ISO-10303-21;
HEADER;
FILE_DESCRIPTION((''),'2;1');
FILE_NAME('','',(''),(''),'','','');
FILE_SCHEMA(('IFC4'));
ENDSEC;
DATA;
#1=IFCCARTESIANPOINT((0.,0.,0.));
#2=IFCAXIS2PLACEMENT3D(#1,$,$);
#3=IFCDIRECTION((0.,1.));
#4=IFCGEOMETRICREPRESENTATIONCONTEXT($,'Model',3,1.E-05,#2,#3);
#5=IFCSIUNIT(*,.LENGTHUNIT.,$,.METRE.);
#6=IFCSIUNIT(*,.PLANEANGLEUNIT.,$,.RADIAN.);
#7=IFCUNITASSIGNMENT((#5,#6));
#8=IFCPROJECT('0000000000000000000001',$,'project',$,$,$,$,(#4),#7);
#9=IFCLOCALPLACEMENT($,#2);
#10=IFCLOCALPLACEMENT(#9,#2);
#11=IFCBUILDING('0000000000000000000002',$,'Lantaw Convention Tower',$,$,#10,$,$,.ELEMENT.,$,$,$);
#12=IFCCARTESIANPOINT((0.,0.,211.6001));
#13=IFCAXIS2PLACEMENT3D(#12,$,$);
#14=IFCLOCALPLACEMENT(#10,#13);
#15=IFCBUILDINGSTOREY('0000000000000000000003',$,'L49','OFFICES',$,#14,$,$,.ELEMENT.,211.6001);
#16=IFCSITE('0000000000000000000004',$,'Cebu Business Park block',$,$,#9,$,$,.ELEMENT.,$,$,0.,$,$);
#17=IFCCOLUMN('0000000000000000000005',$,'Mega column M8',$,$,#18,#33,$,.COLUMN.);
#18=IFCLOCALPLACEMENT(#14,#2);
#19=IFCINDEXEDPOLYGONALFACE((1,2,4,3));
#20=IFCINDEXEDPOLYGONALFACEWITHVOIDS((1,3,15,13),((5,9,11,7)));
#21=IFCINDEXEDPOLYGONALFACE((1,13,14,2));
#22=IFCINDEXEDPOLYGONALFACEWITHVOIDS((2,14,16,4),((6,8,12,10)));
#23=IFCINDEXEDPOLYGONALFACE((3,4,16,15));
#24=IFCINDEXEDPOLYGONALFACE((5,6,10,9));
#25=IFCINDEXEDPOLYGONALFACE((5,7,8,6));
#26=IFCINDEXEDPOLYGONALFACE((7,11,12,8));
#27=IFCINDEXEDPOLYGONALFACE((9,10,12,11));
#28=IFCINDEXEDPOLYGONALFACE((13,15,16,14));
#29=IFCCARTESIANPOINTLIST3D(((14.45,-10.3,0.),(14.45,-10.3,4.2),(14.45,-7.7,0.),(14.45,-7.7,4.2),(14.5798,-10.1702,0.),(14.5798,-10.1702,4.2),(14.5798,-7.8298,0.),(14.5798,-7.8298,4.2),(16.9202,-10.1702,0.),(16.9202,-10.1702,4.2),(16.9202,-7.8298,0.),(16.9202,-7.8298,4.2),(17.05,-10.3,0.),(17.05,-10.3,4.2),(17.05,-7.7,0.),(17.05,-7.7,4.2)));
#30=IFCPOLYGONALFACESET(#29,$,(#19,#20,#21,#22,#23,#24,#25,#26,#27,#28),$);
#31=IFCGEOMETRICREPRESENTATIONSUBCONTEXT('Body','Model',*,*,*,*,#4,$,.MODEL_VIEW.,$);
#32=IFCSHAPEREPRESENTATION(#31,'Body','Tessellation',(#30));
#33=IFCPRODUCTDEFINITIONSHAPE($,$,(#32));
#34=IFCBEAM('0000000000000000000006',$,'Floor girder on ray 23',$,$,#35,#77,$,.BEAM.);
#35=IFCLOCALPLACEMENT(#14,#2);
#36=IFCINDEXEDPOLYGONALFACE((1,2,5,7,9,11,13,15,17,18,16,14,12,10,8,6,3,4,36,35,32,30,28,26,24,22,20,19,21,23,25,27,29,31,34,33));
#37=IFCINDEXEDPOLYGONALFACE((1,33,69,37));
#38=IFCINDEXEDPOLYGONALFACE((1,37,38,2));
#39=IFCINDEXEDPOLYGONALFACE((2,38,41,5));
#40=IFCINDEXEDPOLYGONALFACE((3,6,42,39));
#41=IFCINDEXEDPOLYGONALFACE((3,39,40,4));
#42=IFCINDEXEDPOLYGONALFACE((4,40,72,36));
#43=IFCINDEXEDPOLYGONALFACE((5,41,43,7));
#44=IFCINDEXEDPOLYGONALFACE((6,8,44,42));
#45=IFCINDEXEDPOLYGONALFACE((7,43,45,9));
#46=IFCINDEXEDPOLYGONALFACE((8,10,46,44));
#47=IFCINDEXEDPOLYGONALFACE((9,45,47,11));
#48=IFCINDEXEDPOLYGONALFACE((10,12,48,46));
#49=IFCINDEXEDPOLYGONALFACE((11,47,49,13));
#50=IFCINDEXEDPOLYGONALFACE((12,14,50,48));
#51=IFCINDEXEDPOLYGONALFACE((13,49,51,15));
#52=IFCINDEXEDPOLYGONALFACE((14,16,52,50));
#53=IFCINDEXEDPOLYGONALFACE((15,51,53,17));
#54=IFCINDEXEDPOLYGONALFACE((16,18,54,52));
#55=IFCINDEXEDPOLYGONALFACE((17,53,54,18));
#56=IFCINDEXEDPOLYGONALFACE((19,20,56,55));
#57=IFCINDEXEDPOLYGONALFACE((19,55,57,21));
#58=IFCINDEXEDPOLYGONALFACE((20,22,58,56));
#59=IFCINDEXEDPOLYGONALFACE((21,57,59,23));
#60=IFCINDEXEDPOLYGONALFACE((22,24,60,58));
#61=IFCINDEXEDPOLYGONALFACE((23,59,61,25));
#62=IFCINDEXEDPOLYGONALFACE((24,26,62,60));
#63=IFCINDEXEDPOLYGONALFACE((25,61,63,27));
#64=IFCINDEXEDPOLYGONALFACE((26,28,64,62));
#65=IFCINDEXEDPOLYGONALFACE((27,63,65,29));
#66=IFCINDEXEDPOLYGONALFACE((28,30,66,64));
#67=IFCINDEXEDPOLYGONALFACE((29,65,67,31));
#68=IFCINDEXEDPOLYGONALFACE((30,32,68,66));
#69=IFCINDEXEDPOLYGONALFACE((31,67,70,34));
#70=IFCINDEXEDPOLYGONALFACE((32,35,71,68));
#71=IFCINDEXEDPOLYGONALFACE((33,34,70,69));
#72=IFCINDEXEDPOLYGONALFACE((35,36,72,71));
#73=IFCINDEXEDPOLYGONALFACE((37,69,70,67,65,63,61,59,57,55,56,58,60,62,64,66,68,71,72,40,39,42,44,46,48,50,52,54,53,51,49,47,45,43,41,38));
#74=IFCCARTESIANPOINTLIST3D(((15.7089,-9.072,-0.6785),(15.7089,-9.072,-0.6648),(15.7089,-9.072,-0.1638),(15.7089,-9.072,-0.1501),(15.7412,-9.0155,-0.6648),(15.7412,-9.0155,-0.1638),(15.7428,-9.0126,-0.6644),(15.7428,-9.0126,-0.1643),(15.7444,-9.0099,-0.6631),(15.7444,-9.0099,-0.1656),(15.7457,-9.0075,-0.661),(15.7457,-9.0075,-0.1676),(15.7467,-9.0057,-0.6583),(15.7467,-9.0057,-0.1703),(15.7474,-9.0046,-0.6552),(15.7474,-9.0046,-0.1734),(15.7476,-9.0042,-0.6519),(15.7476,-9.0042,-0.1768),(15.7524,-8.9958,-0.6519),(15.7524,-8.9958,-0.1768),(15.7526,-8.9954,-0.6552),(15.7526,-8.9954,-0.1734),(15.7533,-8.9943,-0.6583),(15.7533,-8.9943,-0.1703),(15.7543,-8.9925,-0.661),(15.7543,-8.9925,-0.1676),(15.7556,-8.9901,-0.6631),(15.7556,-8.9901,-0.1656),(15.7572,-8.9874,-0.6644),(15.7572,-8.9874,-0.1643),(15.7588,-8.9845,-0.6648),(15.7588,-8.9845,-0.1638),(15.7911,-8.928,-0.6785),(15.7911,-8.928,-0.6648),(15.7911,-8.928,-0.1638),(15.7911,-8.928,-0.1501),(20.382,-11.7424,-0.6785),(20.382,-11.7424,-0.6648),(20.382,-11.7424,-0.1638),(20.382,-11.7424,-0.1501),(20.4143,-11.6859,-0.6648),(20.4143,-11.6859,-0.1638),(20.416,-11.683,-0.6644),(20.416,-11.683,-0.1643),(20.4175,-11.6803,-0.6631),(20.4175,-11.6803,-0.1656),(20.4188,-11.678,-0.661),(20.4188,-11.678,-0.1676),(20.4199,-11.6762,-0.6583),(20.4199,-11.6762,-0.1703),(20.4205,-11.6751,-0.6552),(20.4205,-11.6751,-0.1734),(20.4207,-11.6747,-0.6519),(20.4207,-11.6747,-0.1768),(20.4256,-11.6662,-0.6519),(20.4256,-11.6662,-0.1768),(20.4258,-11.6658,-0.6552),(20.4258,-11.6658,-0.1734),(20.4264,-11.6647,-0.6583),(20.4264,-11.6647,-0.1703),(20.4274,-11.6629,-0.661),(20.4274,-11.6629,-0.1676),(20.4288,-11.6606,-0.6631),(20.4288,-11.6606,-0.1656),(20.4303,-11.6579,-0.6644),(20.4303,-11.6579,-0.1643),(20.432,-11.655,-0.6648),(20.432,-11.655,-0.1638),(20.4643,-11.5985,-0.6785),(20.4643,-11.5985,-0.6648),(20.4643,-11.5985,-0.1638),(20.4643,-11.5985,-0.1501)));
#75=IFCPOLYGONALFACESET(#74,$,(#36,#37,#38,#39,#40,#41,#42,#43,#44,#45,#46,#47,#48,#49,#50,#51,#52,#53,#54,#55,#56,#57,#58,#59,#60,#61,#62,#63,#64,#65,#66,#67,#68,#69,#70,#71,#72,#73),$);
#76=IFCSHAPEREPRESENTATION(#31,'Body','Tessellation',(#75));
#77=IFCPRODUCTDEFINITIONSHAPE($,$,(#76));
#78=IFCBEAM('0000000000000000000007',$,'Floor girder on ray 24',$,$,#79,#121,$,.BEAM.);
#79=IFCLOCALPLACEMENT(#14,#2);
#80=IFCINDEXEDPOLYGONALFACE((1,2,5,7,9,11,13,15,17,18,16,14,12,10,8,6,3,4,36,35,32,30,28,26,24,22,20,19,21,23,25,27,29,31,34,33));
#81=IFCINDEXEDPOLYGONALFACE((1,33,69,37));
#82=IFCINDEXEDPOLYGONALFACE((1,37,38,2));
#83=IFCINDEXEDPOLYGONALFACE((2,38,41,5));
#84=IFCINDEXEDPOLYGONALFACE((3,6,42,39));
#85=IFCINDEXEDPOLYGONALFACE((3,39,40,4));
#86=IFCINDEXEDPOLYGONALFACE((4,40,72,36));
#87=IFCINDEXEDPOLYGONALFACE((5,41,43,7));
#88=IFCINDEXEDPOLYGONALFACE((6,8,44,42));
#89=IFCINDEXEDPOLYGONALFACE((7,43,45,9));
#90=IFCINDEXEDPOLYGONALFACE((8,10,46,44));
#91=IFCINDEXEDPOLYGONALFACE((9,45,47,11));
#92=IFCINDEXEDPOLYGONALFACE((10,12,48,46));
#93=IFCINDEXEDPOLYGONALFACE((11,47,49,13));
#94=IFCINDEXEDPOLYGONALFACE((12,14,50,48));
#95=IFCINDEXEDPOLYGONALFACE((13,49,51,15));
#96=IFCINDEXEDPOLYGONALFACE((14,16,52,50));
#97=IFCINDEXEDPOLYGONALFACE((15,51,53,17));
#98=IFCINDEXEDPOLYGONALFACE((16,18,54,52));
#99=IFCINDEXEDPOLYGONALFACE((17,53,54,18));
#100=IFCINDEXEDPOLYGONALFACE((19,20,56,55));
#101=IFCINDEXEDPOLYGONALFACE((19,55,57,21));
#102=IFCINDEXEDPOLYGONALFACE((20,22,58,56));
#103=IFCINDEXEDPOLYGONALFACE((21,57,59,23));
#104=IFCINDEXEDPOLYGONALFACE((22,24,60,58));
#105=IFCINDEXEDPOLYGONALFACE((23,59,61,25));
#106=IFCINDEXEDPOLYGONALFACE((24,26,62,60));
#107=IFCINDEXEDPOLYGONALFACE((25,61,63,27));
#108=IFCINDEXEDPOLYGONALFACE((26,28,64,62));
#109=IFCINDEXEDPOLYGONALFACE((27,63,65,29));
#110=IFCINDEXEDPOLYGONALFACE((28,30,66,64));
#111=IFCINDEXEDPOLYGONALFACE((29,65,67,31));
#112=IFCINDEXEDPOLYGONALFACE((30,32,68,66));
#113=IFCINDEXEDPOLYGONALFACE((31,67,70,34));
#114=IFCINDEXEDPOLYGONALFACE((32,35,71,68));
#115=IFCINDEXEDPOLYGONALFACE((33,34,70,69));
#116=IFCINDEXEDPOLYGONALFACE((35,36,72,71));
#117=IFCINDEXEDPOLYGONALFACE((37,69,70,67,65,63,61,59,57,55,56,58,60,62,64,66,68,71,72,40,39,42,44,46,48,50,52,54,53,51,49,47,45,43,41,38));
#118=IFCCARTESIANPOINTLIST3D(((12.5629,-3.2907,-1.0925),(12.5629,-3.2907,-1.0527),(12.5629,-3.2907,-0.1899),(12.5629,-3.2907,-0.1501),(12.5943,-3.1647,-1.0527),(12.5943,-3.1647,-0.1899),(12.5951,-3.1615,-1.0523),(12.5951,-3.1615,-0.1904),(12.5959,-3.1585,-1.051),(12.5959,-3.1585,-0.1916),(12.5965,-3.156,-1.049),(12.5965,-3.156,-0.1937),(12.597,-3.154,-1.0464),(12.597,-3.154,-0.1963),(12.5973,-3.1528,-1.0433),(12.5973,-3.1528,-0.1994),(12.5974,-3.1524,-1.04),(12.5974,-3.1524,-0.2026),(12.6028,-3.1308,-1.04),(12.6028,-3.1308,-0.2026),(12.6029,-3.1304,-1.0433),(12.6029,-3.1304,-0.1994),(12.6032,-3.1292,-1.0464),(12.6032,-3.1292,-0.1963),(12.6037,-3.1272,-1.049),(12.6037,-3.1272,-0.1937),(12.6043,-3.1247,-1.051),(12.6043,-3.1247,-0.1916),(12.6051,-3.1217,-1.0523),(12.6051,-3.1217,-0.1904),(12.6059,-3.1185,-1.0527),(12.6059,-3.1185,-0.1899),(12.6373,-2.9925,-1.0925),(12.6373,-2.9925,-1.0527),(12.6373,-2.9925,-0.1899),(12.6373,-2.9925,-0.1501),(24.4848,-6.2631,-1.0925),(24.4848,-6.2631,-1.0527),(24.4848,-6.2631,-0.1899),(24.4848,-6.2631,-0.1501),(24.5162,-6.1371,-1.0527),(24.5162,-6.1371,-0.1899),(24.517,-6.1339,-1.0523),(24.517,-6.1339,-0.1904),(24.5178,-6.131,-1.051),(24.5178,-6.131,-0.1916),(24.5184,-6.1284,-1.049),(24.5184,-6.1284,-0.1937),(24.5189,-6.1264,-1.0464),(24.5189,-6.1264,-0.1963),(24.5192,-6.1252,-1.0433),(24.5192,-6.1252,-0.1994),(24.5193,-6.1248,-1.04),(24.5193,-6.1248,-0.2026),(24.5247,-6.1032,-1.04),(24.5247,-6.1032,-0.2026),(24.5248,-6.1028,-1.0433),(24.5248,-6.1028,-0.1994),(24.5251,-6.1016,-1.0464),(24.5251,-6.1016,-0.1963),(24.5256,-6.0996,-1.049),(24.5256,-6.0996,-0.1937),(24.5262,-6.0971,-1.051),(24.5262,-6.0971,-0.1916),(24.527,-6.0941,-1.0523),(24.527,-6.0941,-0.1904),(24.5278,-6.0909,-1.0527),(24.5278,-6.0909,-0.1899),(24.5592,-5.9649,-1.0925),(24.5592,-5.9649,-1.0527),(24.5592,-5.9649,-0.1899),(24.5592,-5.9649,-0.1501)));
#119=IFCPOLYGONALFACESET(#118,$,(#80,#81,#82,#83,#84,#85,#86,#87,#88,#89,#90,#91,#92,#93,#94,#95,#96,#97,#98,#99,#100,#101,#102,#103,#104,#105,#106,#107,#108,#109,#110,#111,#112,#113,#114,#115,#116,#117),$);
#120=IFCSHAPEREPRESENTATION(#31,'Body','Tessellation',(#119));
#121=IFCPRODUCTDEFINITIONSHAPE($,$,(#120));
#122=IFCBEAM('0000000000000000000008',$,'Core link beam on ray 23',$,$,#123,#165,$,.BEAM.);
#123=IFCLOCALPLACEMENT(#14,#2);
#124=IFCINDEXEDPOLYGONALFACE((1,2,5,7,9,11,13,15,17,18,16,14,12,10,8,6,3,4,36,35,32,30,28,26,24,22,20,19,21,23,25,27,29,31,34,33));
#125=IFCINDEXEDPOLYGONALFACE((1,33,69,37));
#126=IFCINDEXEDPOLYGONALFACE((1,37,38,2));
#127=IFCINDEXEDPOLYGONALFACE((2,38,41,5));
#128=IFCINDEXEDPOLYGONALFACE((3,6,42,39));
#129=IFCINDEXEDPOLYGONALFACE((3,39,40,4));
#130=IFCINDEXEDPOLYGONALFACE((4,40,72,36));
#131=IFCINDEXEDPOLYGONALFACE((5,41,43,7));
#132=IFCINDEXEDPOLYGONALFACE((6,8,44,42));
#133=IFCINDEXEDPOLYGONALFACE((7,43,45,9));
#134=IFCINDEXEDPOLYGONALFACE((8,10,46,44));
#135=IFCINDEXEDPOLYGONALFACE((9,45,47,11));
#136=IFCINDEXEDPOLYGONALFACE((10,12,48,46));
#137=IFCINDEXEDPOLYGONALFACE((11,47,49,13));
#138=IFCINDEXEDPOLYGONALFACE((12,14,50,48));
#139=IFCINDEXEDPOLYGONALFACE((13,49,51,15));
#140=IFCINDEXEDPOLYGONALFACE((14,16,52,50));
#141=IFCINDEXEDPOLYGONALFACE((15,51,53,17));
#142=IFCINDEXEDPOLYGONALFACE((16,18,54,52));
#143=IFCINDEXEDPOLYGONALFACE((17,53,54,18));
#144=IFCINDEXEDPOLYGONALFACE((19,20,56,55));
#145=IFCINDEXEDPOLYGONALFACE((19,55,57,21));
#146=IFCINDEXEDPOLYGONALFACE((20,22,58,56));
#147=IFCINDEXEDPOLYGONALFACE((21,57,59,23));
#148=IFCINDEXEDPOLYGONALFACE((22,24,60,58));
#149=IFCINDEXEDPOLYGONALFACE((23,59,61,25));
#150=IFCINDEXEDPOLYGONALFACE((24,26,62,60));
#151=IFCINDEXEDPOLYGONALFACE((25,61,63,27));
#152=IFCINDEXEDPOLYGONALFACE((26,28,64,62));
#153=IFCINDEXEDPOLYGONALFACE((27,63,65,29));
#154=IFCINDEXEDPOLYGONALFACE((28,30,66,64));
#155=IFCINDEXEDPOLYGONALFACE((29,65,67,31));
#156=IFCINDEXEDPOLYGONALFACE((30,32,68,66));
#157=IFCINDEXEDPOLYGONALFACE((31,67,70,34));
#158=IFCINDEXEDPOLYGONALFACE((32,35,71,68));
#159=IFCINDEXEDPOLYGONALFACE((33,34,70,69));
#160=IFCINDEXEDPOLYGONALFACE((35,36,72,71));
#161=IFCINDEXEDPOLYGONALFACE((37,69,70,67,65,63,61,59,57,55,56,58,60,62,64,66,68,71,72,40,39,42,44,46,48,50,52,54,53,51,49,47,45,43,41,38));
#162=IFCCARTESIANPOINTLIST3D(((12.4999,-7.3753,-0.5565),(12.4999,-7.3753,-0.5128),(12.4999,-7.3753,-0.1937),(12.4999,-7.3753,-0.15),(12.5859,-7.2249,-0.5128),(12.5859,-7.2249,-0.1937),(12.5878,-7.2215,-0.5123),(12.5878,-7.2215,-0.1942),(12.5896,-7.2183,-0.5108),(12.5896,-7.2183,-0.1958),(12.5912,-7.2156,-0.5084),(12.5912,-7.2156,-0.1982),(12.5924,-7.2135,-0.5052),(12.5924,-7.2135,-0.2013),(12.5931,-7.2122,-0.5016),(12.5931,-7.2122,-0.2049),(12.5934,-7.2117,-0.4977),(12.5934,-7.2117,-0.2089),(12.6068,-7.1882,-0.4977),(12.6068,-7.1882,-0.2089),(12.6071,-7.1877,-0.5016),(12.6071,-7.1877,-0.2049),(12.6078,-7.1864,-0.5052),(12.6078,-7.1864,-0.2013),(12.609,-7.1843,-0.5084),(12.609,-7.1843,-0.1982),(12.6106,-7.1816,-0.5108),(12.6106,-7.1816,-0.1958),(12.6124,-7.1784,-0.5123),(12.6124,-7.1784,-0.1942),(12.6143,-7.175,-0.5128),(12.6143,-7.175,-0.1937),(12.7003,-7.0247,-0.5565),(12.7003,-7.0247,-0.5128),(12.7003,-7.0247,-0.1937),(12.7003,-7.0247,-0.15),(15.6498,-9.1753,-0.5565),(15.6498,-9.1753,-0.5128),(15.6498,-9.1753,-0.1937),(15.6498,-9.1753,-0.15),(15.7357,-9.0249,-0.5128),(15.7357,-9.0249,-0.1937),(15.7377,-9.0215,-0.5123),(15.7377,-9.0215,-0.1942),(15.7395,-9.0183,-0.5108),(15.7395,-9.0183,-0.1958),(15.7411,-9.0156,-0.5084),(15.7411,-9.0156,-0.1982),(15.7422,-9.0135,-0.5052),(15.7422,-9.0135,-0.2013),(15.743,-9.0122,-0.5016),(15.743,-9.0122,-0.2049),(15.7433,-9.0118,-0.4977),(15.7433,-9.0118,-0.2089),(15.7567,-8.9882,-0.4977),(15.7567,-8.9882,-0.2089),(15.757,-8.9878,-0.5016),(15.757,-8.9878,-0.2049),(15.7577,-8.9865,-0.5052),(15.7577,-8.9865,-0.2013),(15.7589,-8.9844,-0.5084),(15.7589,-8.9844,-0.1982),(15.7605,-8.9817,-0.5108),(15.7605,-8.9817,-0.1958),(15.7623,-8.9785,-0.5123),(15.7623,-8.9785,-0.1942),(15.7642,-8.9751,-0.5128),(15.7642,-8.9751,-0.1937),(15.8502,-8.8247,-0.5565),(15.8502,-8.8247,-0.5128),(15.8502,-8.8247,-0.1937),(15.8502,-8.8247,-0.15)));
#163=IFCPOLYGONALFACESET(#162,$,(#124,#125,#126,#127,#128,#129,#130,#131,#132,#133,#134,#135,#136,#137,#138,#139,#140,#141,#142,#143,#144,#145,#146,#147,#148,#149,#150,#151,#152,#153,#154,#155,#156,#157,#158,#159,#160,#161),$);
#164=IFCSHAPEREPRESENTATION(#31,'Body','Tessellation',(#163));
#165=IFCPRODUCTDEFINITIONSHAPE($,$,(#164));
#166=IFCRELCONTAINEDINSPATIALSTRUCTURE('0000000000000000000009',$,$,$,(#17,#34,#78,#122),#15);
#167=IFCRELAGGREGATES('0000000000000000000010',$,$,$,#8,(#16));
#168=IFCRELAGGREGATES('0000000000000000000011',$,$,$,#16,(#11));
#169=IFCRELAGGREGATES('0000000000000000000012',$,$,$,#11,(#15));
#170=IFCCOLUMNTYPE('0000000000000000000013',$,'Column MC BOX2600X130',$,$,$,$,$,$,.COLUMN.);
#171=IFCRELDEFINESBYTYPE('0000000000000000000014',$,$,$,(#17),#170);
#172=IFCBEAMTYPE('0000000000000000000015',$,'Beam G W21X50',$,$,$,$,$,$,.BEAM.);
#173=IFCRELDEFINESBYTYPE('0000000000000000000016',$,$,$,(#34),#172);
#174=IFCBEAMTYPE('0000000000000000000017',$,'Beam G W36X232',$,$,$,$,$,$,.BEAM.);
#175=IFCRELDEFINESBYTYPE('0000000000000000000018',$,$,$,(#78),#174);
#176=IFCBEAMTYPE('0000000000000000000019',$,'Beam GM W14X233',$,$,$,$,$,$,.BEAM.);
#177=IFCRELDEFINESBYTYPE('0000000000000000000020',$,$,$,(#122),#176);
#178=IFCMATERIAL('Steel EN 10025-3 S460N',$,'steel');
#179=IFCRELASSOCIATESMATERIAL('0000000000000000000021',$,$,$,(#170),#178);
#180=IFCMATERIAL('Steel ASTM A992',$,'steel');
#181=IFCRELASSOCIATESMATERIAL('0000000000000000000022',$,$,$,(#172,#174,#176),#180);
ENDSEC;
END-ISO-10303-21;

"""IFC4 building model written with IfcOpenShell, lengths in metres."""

from ifc_helpers import new_model, si_unit, direction, frame, origin, origin_2d, place, context, subcontext, project, spatial, rectangle, hollow_rectangle, i_section, extrude, material, material_profile, profile_set, type_object, element, save


model = new_model("IFC4")

# Units and contexts
model_context = context("Model", 3, precision=1e-05, world=origin(), true_north=direction((0.0, 1.0)))
body_context = subcontext(model_context, "Body", "Model", "MODEL_VIEW")
ifc_project = project(units=[si_unit("LENGTHUNIT", "METRE"), si_unit("PLANEANGLEUNIT", "RADIAN")], contexts=[model_context])

# Site, building, storey
site_placement = place(None, origin())
site = spatial("IfcSite", under=ifc_project, at=site_placement, Name="Cebu Business Park block", CompositionType="ELEMENT", RefElevation=0.0)
building_placement = place(site_placement, origin())
building = spatial("IfcBuilding", under=site, at=building_placement, Name="Lantaw Convention Tower", CompositionType="ELEMENT")
storey_placement = place(building_placement, frame((0.0, 0.0, 211.6001)))
storey = spatial("IfcBuildingStorey", under=building, at=storey_placement, Name="L49", Description="OFFICES", CompositionType="ELEMENT", Elevation=211.6001)

# Column
ifc_material_1 = material(Name="Steel EN 10025-3 S460N", Category="steel")
ifc_material_profile_1 = material_profile(ifc_material_1, hollow_rectangle(XDim=2.6001, YDim=2.6001, WallThickness=0.1299, at=origin_2d()), Name="BOX2600X130")
ifc_material_2 = material(Name="Concrete C60/75", Category="concrete")
ifc_material_profile_2 = material_profile(ifc_material_2, rectangle(XDim=2.3401, YDim=2.3401, at=origin_2d()), Name="Concrete fill of BOX2600X130")
ifc_profile_set_1 = profile_set([ifc_material_profile_1, ifc_material_profile_2], Name="Steel EN 10025-3 S460N")
column_type = type_object("IfcColumnType", Name="Column MC BOX2600X130", PredefinedType="COLUMN", material=ifc_profile_set_1)
column_placement = place(storey_placement, frame((15.75, -9.0, 0.0), z_axis=(0.0, 0.0, 1.0), x_axis=(1.0, 0.0, 0.0)))
element("IfcColumn", 1, at=column_placement, inside=storey, type_object=column_type, Name="Mega column M8", PredefinedType="COLUMN", context=body_context, shape_type="SweptSolid", body=[
    extrude(hollow_rectangle(XDim=2.6001, YDim=2.6001, WallThickness=0.1299, at=origin_2d()), origin(), (0.0, 0.0, 1.0), 4.2),
])

# Beams
ifc_material_3 = material(Name="Steel ASTM A992", Category="steel")
ifc_material_profile_3 = material_profile(ifc_material_3, i_section(OverallWidth=0.1658, OverallDepth=0.5283, WebThickness=0.0098, FlangeThickness=0.0137, FilletRadius=0.0129, at=origin_2d()), Name="W21X50")
ifc_profile_set_2 = profile_set([ifc_material_profile_3], Name="Steel ASTM A992")
beam_type_1 = type_object("IfcBeamType", Name="Beam G W21X50", PredefinedType="BEAM", material=ifc_profile_set_2)
beam_1_placement = place(storey_placement, frame((15.75, -9.0, -0.4143), z_axis=(0.868238, -0.496149, 0.0), x_axis=(0.496149, 0.868238, 0.0)))
element("IfcBeam", 2, at=beam_1_placement, inside=storey, type_object=beam_type_1, Name="Floor girder on ray 23", PredefinedType="BEAM", context=body_context, shape_type="SweptSolid", body=[
    extrude(i_section(OverallWidth=0.1658, OverallDepth=0.5283, WebThickness=0.0098, FlangeThickness=0.0137, FilletRadius=0.0129, at=origin_2d()), origin(), (0.0, 0.0, 1.0), 5.3823),
])
ifc_material_profile_4 = material_profile(ifc_material_3, i_section(OverallWidth=0.3074, OverallDepth=0.9424, WebThickness=0.0222, FlangeThickness=0.0398, FilletRadius=0.0127, at=origin_2d()), Name="W36X232")
ifc_profile_set_3 = profile_set([ifc_material_profile_4], Name="Steel ASTM A992")
beam_type_2 = type_object("IfcBeamType", Name="Beam G W36X232", PredefinedType="BEAM", material=ifc_profile_set_3)
beam_2_placement = place(storey_placement, frame((12.6001, -3.1416, -0.6213), z_axis=(0.970297, -0.241918, 0.0), x_axis=(0.241918, 0.970297, 0.0)))
element("IfcBeam", 3, at=beam_2_placement, inside=storey, type_object=beam_type_2, Name="Floor girder on ray 24", PredefinedType="BEAM", context=body_context, shape_type="SweptSolid", body=[
    extrude(i_section(OverallWidth=0.3074, OverallDepth=0.9424, WebThickness=0.0222, FlangeThickness=0.0398, FilletRadius=0.0127, at=origin_2d()), origin(), (0.0, 0.0, 1.0), 12.2869),
])
ifc_material_profile_5 = material_profile(ifc_material_3, i_section(OverallWidth=0.4038, OverallDepth=0.4065, WebThickness=0.0271, FlangeThickness=0.0437, FilletRadius=0.0151, at=origin_2d()), Name="W14X233")
ifc_profile_set_4 = profile_set([ifc_material_profile_5], Name="Steel ASTM A992")
beam_type_3 = type_object("IfcBeamType", Name="Beam GM W14X233", PredefinedType="BEAM", material=ifc_profile_set_4)
beam_3_placement = place(storey_placement, frame((12.6001, -7.2, -0.3533), z_axis=(0.868231, -0.496161, 0.0), x_axis=(0.496161, 0.868231, 0.0)))
element("IfcBeam", 4, at=beam_3_placement, inside=storey, type_object=beam_type_3, Name="Core link beam on ray 23", PredefinedType="BEAM", context=body_context, shape_type="SweptSolid", body=[
    extrude(i_section(OverallWidth=0.4038, OverallDepth=0.4065, WebThickness=0.0271, FlangeThickness=0.0437, FilletRadius=0.0151, at=origin_2d()), origin(), (0.0, 0.0, 1.0), 3.6279),
])

save(model, "model.ifc")
